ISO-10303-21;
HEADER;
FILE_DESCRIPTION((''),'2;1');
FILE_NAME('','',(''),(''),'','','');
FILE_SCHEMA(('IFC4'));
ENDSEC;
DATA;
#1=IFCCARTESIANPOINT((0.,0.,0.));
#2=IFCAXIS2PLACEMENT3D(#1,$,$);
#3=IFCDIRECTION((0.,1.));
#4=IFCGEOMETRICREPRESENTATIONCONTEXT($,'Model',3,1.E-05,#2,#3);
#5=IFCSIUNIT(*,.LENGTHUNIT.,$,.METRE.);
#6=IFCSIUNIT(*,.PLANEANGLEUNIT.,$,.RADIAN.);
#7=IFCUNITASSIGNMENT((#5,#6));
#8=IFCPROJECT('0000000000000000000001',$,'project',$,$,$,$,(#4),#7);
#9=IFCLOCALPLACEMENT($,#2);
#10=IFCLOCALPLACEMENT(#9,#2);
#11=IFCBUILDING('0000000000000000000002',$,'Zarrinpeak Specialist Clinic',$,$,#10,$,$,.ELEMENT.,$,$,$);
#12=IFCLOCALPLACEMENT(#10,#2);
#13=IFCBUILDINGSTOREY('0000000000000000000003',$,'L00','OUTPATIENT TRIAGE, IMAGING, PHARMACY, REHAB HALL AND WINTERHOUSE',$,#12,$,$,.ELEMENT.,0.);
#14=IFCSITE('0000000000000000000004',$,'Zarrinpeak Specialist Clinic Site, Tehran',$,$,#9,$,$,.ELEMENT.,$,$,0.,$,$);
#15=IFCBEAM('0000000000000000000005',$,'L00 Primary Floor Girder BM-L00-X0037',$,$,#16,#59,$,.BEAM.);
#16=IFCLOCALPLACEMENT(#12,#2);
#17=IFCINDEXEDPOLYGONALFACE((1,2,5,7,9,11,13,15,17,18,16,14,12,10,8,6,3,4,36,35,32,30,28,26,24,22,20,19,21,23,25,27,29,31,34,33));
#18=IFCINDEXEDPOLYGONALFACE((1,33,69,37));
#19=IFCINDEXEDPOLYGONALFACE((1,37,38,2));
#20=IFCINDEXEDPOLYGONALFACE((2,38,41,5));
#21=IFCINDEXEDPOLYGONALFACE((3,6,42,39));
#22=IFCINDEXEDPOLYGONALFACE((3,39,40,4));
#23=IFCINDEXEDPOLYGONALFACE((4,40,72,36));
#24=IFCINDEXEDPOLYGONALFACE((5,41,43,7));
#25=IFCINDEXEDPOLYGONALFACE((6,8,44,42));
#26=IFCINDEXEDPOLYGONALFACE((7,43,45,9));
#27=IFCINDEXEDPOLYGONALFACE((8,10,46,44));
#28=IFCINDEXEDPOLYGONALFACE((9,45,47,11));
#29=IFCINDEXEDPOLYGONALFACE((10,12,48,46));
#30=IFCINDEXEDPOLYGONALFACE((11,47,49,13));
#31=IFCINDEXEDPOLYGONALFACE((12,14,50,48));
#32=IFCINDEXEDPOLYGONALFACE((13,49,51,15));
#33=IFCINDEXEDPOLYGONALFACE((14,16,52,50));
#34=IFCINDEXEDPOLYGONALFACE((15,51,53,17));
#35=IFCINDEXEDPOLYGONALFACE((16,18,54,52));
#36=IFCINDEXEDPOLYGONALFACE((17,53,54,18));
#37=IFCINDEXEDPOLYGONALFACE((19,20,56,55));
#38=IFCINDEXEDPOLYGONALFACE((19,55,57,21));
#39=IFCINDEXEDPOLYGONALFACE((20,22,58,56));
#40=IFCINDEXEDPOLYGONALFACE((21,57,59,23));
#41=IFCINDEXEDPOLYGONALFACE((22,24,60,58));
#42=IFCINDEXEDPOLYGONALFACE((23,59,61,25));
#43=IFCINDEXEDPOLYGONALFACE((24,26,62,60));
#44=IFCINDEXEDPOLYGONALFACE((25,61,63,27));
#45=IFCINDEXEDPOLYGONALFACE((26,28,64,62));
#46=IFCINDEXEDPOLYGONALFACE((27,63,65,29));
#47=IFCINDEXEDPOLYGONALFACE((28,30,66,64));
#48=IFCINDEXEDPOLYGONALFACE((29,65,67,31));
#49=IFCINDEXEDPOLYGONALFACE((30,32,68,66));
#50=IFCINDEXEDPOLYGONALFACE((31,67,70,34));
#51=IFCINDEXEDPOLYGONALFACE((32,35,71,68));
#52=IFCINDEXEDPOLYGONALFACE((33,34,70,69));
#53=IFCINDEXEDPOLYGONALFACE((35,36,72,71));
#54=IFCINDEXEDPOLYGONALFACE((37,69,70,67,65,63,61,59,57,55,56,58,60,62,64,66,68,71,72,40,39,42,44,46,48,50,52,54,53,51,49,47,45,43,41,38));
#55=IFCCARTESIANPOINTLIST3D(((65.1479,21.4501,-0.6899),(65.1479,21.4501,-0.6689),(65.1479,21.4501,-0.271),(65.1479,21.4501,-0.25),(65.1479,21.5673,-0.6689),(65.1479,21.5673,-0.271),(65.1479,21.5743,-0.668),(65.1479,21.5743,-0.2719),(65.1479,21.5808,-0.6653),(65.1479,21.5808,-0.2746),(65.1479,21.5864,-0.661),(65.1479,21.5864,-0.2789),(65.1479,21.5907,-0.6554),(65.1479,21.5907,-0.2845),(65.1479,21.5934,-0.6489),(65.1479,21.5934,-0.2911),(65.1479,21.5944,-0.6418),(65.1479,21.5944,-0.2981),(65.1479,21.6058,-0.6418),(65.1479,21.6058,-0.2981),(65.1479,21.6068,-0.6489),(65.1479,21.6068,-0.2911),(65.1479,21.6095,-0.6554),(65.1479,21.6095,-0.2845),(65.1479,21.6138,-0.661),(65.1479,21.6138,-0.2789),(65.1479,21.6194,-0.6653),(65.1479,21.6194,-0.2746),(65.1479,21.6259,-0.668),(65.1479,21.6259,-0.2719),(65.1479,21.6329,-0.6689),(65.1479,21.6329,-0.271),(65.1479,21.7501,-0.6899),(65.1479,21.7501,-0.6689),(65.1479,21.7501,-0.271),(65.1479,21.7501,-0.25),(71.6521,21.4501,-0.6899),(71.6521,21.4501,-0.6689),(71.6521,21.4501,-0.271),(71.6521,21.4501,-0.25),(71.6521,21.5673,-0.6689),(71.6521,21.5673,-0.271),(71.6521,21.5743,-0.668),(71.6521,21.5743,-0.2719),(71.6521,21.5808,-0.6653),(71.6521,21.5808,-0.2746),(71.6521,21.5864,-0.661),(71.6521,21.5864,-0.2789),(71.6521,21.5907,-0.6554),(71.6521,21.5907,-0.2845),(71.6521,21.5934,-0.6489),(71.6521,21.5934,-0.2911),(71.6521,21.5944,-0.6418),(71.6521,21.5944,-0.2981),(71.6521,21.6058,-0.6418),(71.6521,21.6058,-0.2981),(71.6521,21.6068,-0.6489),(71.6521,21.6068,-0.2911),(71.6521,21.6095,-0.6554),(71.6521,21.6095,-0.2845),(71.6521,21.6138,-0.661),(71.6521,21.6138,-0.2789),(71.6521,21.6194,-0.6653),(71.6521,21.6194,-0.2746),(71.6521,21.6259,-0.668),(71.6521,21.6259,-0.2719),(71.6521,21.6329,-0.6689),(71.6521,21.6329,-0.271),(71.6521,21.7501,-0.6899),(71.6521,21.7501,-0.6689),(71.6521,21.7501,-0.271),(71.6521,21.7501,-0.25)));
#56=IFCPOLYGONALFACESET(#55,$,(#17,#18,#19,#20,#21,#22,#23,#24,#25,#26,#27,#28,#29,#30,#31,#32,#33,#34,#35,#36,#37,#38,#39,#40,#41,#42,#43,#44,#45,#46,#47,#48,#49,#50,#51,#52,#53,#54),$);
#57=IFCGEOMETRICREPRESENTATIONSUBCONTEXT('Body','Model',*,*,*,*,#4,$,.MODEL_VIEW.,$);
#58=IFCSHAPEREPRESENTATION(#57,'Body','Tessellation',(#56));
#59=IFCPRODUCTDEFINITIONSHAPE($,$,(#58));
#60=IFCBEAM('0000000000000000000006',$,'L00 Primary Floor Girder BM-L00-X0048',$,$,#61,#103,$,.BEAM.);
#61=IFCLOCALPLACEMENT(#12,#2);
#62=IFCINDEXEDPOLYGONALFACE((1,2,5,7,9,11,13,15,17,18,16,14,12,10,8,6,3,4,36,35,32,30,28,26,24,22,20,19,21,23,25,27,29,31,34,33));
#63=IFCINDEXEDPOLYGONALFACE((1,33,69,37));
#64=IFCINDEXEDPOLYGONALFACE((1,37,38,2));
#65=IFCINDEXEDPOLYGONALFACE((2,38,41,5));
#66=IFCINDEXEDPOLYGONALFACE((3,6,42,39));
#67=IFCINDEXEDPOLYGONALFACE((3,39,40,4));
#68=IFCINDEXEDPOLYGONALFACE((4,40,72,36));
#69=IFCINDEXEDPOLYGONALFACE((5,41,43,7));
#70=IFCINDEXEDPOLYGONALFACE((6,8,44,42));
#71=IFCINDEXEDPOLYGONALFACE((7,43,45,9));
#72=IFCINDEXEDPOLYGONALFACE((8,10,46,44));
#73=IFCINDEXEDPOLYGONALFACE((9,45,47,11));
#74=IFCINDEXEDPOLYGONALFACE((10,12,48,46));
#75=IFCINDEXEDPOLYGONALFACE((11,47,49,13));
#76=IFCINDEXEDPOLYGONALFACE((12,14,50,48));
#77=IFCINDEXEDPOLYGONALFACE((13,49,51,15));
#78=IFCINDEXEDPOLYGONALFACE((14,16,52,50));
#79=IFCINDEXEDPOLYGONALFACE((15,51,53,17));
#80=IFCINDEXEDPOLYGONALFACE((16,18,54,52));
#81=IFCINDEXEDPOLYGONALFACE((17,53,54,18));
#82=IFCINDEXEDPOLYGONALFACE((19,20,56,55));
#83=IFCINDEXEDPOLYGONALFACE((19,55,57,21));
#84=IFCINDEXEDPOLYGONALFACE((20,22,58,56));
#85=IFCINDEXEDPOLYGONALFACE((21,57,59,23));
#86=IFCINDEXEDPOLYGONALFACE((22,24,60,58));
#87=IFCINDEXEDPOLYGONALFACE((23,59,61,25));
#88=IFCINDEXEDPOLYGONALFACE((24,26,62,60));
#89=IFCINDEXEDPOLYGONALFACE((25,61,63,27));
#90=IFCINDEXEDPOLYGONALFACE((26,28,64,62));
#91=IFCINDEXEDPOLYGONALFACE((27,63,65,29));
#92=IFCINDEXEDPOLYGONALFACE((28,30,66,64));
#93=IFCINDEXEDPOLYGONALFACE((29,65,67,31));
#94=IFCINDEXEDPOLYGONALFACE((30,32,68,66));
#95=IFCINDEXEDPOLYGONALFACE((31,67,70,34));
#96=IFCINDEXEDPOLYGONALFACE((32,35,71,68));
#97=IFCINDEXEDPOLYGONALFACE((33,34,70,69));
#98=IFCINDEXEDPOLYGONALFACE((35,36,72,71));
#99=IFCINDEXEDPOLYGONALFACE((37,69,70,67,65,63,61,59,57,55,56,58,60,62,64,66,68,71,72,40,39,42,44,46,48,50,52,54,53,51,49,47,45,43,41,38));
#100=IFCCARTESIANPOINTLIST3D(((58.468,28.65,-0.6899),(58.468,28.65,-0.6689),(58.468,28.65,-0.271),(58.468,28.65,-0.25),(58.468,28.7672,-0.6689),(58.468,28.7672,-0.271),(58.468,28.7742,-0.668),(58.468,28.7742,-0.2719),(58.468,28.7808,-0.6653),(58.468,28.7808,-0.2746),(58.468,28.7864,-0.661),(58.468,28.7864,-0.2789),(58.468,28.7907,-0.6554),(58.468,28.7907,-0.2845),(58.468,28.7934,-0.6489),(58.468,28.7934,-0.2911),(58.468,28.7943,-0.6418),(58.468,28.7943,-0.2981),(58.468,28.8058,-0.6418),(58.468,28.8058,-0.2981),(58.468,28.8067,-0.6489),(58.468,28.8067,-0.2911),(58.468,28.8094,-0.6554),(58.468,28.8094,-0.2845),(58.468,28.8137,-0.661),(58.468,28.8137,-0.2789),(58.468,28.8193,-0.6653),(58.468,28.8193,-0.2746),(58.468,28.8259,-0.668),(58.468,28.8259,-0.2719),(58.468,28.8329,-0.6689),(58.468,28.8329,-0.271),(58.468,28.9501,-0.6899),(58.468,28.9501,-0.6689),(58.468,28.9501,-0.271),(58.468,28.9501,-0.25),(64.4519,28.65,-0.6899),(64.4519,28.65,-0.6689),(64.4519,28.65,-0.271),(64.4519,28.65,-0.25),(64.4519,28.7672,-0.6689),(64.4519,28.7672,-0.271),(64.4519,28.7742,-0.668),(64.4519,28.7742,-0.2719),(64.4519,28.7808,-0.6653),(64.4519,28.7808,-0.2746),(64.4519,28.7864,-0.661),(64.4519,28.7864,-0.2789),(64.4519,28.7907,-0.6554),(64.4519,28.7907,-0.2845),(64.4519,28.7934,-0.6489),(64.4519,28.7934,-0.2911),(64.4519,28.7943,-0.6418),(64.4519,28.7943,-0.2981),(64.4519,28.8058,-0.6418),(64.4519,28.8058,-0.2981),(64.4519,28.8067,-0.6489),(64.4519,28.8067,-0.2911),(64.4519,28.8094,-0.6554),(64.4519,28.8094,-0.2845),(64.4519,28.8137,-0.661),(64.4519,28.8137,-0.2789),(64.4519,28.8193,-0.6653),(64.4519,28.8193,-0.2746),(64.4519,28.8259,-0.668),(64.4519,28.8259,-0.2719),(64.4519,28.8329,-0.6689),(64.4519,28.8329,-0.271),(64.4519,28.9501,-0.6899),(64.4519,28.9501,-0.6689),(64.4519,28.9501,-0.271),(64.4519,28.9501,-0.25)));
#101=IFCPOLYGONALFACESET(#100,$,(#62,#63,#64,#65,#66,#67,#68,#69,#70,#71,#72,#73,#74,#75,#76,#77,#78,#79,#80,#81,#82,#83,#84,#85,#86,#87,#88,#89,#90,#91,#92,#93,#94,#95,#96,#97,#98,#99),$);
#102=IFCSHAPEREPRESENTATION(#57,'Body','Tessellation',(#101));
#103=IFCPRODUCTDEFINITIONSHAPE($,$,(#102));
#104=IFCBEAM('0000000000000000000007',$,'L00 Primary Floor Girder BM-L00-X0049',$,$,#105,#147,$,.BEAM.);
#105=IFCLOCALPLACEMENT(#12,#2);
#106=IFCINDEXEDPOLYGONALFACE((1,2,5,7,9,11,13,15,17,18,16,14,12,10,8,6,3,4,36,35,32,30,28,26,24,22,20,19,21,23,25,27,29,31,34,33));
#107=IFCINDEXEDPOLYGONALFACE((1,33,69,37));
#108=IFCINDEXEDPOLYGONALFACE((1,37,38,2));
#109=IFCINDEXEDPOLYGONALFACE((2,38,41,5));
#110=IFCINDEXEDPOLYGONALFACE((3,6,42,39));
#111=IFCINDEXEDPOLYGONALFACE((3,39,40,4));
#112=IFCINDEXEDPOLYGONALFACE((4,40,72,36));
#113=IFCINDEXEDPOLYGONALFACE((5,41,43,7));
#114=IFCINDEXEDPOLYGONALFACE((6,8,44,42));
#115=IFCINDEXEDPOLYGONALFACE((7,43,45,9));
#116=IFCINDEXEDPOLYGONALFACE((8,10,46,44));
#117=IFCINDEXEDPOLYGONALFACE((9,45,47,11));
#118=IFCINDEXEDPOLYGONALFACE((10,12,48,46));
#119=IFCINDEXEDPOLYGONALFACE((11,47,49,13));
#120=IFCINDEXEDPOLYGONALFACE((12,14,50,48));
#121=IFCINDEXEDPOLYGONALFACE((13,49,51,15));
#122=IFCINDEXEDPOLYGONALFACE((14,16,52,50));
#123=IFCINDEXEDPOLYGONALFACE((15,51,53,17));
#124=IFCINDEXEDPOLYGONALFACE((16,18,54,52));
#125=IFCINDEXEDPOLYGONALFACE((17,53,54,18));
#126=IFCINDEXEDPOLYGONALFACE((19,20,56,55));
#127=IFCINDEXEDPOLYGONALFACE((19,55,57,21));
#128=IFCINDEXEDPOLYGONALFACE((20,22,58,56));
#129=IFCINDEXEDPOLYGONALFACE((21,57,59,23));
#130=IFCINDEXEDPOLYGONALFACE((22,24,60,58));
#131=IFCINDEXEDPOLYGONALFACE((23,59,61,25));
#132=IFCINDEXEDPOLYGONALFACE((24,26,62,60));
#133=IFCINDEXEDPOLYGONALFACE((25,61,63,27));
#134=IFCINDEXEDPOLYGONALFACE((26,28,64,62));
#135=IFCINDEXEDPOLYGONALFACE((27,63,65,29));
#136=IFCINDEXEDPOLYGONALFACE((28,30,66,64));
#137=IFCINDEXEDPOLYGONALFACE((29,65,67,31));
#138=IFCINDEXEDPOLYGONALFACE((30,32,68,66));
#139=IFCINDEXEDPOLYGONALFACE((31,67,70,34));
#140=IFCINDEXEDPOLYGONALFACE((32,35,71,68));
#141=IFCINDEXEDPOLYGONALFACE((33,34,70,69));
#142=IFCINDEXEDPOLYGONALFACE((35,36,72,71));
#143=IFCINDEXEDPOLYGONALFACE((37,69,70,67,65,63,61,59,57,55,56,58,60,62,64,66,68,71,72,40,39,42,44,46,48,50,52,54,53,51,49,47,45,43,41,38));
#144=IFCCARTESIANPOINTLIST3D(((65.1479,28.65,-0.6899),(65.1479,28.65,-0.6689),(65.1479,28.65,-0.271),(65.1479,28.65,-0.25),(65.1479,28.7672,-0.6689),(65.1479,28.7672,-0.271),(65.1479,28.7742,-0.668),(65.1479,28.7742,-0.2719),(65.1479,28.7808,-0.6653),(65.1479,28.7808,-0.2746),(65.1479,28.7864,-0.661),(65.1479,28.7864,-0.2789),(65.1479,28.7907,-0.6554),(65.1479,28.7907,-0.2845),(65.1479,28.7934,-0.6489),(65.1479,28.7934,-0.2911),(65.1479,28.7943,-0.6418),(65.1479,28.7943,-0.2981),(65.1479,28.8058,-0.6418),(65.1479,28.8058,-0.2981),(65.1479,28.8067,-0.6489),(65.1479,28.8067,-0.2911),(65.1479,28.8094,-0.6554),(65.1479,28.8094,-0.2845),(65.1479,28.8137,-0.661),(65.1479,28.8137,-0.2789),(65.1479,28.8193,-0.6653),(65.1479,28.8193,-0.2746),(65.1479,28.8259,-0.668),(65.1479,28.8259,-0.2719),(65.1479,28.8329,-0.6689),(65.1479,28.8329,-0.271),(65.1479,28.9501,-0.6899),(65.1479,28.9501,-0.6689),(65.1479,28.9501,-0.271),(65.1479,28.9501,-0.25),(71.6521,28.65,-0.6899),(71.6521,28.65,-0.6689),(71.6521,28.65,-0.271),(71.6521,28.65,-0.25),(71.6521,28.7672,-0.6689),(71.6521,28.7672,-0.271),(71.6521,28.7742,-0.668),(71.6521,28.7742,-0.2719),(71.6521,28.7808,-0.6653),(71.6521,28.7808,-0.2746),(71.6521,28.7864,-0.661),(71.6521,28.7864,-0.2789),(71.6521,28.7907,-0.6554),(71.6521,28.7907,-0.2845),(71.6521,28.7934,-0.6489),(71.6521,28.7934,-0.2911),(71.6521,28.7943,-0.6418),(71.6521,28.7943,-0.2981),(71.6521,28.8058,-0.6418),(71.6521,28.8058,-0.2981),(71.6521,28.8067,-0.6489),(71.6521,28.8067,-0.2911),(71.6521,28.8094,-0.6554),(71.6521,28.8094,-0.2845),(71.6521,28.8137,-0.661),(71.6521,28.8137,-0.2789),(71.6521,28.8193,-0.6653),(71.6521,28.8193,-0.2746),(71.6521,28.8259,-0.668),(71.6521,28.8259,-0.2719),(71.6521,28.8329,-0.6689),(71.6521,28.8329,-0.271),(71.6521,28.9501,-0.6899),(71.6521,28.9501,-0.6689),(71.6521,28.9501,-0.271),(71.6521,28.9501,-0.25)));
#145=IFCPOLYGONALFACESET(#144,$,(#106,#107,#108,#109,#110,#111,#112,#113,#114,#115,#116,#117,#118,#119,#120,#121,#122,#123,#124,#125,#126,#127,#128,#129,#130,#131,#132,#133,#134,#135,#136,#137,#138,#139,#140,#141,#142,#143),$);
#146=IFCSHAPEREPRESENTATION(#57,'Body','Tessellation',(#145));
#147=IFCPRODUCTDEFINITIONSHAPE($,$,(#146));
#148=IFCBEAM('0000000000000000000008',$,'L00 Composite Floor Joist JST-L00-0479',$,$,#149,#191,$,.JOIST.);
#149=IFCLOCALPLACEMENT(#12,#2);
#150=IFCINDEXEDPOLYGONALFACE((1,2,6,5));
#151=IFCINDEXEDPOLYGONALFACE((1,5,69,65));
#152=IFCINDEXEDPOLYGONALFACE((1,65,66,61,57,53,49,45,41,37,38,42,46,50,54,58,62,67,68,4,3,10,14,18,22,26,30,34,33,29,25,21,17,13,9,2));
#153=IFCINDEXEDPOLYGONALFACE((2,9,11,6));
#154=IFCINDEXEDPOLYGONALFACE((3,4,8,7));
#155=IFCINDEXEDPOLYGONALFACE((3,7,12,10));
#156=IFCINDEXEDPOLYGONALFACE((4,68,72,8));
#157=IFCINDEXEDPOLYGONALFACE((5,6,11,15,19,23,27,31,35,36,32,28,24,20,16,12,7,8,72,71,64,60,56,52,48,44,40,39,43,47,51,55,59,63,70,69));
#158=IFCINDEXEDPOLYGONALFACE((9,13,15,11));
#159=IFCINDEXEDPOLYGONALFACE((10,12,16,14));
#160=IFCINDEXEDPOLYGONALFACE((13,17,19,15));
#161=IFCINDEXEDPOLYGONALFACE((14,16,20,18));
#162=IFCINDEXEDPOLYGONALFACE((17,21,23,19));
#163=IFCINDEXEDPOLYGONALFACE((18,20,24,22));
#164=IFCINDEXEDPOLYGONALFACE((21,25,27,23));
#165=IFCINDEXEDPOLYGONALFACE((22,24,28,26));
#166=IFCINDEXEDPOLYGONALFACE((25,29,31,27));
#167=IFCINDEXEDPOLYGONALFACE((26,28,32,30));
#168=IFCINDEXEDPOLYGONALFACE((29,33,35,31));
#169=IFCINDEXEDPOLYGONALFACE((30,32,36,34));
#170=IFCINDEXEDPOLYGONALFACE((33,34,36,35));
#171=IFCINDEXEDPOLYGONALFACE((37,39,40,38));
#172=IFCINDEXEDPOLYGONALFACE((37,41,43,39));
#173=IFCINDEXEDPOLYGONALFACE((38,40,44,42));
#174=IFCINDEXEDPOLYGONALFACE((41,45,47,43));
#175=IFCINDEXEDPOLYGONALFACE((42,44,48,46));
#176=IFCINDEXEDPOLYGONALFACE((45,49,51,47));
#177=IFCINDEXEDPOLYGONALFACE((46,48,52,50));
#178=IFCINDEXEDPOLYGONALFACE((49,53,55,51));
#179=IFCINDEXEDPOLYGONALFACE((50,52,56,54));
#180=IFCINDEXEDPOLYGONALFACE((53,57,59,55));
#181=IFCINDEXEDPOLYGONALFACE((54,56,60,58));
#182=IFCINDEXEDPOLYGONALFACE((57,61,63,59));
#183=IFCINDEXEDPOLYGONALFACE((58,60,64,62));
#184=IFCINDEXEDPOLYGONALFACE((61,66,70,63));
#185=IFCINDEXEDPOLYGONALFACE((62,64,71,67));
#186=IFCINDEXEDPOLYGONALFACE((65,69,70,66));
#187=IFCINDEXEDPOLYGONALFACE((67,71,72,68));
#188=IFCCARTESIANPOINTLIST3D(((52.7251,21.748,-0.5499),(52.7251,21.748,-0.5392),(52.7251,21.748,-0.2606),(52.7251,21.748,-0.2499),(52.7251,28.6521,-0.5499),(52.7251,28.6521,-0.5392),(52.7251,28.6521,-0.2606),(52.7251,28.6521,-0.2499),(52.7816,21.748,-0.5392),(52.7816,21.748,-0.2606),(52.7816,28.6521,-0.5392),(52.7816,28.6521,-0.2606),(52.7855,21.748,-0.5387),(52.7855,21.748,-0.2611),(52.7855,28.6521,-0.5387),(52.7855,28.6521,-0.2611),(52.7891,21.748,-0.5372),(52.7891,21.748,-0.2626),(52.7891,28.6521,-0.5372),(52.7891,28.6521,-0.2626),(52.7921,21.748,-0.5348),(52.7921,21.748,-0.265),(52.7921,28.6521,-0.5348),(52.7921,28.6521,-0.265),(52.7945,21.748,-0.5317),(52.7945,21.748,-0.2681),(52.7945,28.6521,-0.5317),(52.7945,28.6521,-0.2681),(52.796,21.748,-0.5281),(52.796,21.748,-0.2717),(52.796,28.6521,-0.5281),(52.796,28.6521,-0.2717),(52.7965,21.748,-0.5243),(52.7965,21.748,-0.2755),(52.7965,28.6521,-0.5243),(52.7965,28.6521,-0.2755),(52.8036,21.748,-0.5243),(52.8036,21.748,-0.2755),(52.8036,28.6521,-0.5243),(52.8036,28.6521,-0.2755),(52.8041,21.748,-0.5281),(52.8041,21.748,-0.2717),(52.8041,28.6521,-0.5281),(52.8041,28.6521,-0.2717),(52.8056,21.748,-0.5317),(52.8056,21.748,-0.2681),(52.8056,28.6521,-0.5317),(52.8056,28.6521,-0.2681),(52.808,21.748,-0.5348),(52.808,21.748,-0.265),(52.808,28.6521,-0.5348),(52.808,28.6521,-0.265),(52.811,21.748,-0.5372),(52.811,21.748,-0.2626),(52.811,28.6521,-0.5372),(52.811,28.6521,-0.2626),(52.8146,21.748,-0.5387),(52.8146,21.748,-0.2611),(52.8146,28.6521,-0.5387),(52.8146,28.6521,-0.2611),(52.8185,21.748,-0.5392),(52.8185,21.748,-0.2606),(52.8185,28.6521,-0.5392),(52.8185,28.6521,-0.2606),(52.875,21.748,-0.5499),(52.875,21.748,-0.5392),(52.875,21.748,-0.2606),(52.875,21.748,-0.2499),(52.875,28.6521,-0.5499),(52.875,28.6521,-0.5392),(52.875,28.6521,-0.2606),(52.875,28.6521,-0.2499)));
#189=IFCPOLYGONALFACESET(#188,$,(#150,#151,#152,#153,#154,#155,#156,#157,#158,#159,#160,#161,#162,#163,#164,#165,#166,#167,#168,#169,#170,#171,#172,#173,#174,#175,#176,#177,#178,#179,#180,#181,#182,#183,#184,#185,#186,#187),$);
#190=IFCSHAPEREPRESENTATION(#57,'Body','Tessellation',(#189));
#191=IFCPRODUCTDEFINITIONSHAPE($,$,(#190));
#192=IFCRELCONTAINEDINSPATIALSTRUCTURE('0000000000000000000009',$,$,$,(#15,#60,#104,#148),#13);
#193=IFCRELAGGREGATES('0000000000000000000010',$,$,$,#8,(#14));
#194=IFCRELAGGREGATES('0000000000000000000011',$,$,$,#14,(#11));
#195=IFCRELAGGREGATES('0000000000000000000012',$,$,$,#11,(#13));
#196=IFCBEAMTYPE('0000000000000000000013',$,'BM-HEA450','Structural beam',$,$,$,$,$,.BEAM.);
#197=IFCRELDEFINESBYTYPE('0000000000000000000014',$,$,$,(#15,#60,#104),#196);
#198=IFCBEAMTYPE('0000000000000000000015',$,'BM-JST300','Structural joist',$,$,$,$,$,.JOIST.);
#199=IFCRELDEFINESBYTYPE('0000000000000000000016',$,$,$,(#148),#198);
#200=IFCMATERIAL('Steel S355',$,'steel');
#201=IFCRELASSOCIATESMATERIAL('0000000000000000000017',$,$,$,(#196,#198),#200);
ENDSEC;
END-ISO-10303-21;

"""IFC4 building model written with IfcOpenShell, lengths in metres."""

from ifc_helpers import new_model, si_unit, direction, frame, origin, origin_2d, place, context, subcontext, project, spatial, i_section, extrude, material, material_profile, profile_set, type_object, element, save


model = new_model("IFC4")

# Units and contexts
model_context = context("Model", 3, precision=1e-05, world=origin(), true_north=direction((0.0, 1.0)))
body_context = subcontext(model_context, "Body", "Model", "MODEL_VIEW")
ifc_project = project(units=[si_unit("LENGTHUNIT", "METRE"), si_unit("PLANEANGLEUNIT", "RADIAN")], contexts=[model_context])

# Site, building, storey
site_placement = place(None, origin())
site = spatial("IfcSite", under=ifc_project, at=site_placement, Name="Zarrinpeak Specialist Clinic Site, Tehran", CompositionType="ELEMENT", RefElevation=0.0)
building_placement = place(site_placement, origin())
building = spatial("IfcBuilding", under=site, at=building_placement, Name="Zarrinpeak Specialist Clinic", CompositionType="ELEMENT")
storey_placement = place(building_placement, origin())
storey = spatial("IfcBuildingStorey", under=building, at=storey_placement, Name="L00", Description="OUTPATIENT TRIAGE, IMAGING, PHARMACY, REHAB HALL AND WINTERHOUSE", CompositionType="ELEMENT", Elevation=0.0)

# Shared definitions
ifc_material_1 = material(Name="Steel S355", Category="steel")

# Beams
ifc_material_profile_1 = material_profile(ifc_material_1, i_section(OverallWidth=0.3, OverallDepth=0.4399, WebThickness=0.0115, FlangeThickness=0.021, FilletRadius=0.0271, at=origin_2d()), Name="HEA 450")
ifc_profile_set_1 = profile_set([ifc_material_profile_1], Name="Steel S355")
beam_type_1 = type_object("IfcBeamType", Name="BM-HEA450", Description="Structural beam", PredefinedType="BEAM", material=ifc_profile_set_1)
beam_1_placement = place(storey_placement, frame((65.1479, 21.6001, -0.47), z_axis=(1.0, 0.0, 0.0), x_axis=(0.0, 1.0, 0.0)))
element("IfcBeam", 1, at=beam_1_placement, inside=storey, type_object=beam_type_1, Name="L00 Primary Floor Girder BM-L00-X0037", PredefinedType="BEAM", context=body_context, shape_type="SweptSolid", body=[
    extrude(i_section(OverallWidth=0.3, OverallDepth=0.4399, WebThickness=0.0115, FlangeThickness=0.021, FilletRadius=0.0271, at=origin_2d()), origin(), (0.0, 0.0, 1.0), 6.5042),
])
beam_2_placement = place(storey_placement, frame((58.468, 28.8, -0.47), z_axis=(1.0, 0.0, 0.0), x_axis=(0.0, 1.0, 0.0)))
element("IfcBeam", 2, at=beam_2_placement, inside=storey, type_object=beam_type_1, Name="L00 Primary Floor Girder BM-L00-X0048", PredefinedType="BEAM", context=body_context, shape_type="SweptSolid", body=[
    extrude(i_section(OverallWidth=0.3, OverallDepth=0.4399, WebThickness=0.0115, FlangeThickness=0.021, FilletRadius=0.0271, at=origin_2d()), origin(), (0.0, 0.0, 1.0), 5.9839),
])
beam_3_placement = place(storey_placement, frame((65.1479, 28.8, -0.47), z_axis=(1.0, 0.0, 0.0), x_axis=(0.0, 1.0, 0.0)))
element("IfcBeam", 3, at=beam_3_placement, inside=storey, type_object=beam_type_1, Name="L00 Primary Floor Girder BM-L00-X0049", PredefinedType="BEAM", context=body_context, shape_type="SweptSolid", body=[
    extrude(i_section(OverallWidth=0.3, OverallDepth=0.4399, WebThickness=0.0115, FlangeThickness=0.021, FilletRadius=0.0271, at=origin_2d()), origin(), (0.0, 0.0, 1.0), 6.5042),
])
ifc_material_profile_2 = material_profile(ifc_material_1, i_section(OverallWidth=0.1499, OverallDepth=0.3, WebThickness=0.0071, FlangeThickness=0.0107, FilletRadius=0.0149, at=origin_2d()), Name="IPE 300")
ifc_profile_set_2 = profile_set([ifc_material_profile_2], Name="Steel S355")
beam_type_2 = type_object("IfcBeamType", Name="BM-JST300", Description="Structural joist", PredefinedType="JOIST", material=ifc_profile_set_2)
for number, where, z_axis, x_axis, name in (
    (4, (52.8, 21.748, -0.3999), (0.0, 1.0, 0.0), (-1.0, 0.0, 0.0), "L00 Composite Floor Joist JST-L00-0479"),
):
    element("IfcBeam", number, at=place(storey_placement, frame(where, z_axis=z_axis, x_axis=x_axis)), inside=storey, type_object=beam_type_2, Name=name, PredefinedType="JOIST", context=body_context, shape_type="SweptSolid", body=[
        extrude(i_section(OverallWidth=0.1499, OverallDepth=0.3, WebThickness=0.0071, FlangeThickness=0.0107, FilletRadius=0.0149, at=origin_2d()), origin(), (0.0, 0.0, 1.0), 6.9041),
    ])

save(model, "model.ifc")
